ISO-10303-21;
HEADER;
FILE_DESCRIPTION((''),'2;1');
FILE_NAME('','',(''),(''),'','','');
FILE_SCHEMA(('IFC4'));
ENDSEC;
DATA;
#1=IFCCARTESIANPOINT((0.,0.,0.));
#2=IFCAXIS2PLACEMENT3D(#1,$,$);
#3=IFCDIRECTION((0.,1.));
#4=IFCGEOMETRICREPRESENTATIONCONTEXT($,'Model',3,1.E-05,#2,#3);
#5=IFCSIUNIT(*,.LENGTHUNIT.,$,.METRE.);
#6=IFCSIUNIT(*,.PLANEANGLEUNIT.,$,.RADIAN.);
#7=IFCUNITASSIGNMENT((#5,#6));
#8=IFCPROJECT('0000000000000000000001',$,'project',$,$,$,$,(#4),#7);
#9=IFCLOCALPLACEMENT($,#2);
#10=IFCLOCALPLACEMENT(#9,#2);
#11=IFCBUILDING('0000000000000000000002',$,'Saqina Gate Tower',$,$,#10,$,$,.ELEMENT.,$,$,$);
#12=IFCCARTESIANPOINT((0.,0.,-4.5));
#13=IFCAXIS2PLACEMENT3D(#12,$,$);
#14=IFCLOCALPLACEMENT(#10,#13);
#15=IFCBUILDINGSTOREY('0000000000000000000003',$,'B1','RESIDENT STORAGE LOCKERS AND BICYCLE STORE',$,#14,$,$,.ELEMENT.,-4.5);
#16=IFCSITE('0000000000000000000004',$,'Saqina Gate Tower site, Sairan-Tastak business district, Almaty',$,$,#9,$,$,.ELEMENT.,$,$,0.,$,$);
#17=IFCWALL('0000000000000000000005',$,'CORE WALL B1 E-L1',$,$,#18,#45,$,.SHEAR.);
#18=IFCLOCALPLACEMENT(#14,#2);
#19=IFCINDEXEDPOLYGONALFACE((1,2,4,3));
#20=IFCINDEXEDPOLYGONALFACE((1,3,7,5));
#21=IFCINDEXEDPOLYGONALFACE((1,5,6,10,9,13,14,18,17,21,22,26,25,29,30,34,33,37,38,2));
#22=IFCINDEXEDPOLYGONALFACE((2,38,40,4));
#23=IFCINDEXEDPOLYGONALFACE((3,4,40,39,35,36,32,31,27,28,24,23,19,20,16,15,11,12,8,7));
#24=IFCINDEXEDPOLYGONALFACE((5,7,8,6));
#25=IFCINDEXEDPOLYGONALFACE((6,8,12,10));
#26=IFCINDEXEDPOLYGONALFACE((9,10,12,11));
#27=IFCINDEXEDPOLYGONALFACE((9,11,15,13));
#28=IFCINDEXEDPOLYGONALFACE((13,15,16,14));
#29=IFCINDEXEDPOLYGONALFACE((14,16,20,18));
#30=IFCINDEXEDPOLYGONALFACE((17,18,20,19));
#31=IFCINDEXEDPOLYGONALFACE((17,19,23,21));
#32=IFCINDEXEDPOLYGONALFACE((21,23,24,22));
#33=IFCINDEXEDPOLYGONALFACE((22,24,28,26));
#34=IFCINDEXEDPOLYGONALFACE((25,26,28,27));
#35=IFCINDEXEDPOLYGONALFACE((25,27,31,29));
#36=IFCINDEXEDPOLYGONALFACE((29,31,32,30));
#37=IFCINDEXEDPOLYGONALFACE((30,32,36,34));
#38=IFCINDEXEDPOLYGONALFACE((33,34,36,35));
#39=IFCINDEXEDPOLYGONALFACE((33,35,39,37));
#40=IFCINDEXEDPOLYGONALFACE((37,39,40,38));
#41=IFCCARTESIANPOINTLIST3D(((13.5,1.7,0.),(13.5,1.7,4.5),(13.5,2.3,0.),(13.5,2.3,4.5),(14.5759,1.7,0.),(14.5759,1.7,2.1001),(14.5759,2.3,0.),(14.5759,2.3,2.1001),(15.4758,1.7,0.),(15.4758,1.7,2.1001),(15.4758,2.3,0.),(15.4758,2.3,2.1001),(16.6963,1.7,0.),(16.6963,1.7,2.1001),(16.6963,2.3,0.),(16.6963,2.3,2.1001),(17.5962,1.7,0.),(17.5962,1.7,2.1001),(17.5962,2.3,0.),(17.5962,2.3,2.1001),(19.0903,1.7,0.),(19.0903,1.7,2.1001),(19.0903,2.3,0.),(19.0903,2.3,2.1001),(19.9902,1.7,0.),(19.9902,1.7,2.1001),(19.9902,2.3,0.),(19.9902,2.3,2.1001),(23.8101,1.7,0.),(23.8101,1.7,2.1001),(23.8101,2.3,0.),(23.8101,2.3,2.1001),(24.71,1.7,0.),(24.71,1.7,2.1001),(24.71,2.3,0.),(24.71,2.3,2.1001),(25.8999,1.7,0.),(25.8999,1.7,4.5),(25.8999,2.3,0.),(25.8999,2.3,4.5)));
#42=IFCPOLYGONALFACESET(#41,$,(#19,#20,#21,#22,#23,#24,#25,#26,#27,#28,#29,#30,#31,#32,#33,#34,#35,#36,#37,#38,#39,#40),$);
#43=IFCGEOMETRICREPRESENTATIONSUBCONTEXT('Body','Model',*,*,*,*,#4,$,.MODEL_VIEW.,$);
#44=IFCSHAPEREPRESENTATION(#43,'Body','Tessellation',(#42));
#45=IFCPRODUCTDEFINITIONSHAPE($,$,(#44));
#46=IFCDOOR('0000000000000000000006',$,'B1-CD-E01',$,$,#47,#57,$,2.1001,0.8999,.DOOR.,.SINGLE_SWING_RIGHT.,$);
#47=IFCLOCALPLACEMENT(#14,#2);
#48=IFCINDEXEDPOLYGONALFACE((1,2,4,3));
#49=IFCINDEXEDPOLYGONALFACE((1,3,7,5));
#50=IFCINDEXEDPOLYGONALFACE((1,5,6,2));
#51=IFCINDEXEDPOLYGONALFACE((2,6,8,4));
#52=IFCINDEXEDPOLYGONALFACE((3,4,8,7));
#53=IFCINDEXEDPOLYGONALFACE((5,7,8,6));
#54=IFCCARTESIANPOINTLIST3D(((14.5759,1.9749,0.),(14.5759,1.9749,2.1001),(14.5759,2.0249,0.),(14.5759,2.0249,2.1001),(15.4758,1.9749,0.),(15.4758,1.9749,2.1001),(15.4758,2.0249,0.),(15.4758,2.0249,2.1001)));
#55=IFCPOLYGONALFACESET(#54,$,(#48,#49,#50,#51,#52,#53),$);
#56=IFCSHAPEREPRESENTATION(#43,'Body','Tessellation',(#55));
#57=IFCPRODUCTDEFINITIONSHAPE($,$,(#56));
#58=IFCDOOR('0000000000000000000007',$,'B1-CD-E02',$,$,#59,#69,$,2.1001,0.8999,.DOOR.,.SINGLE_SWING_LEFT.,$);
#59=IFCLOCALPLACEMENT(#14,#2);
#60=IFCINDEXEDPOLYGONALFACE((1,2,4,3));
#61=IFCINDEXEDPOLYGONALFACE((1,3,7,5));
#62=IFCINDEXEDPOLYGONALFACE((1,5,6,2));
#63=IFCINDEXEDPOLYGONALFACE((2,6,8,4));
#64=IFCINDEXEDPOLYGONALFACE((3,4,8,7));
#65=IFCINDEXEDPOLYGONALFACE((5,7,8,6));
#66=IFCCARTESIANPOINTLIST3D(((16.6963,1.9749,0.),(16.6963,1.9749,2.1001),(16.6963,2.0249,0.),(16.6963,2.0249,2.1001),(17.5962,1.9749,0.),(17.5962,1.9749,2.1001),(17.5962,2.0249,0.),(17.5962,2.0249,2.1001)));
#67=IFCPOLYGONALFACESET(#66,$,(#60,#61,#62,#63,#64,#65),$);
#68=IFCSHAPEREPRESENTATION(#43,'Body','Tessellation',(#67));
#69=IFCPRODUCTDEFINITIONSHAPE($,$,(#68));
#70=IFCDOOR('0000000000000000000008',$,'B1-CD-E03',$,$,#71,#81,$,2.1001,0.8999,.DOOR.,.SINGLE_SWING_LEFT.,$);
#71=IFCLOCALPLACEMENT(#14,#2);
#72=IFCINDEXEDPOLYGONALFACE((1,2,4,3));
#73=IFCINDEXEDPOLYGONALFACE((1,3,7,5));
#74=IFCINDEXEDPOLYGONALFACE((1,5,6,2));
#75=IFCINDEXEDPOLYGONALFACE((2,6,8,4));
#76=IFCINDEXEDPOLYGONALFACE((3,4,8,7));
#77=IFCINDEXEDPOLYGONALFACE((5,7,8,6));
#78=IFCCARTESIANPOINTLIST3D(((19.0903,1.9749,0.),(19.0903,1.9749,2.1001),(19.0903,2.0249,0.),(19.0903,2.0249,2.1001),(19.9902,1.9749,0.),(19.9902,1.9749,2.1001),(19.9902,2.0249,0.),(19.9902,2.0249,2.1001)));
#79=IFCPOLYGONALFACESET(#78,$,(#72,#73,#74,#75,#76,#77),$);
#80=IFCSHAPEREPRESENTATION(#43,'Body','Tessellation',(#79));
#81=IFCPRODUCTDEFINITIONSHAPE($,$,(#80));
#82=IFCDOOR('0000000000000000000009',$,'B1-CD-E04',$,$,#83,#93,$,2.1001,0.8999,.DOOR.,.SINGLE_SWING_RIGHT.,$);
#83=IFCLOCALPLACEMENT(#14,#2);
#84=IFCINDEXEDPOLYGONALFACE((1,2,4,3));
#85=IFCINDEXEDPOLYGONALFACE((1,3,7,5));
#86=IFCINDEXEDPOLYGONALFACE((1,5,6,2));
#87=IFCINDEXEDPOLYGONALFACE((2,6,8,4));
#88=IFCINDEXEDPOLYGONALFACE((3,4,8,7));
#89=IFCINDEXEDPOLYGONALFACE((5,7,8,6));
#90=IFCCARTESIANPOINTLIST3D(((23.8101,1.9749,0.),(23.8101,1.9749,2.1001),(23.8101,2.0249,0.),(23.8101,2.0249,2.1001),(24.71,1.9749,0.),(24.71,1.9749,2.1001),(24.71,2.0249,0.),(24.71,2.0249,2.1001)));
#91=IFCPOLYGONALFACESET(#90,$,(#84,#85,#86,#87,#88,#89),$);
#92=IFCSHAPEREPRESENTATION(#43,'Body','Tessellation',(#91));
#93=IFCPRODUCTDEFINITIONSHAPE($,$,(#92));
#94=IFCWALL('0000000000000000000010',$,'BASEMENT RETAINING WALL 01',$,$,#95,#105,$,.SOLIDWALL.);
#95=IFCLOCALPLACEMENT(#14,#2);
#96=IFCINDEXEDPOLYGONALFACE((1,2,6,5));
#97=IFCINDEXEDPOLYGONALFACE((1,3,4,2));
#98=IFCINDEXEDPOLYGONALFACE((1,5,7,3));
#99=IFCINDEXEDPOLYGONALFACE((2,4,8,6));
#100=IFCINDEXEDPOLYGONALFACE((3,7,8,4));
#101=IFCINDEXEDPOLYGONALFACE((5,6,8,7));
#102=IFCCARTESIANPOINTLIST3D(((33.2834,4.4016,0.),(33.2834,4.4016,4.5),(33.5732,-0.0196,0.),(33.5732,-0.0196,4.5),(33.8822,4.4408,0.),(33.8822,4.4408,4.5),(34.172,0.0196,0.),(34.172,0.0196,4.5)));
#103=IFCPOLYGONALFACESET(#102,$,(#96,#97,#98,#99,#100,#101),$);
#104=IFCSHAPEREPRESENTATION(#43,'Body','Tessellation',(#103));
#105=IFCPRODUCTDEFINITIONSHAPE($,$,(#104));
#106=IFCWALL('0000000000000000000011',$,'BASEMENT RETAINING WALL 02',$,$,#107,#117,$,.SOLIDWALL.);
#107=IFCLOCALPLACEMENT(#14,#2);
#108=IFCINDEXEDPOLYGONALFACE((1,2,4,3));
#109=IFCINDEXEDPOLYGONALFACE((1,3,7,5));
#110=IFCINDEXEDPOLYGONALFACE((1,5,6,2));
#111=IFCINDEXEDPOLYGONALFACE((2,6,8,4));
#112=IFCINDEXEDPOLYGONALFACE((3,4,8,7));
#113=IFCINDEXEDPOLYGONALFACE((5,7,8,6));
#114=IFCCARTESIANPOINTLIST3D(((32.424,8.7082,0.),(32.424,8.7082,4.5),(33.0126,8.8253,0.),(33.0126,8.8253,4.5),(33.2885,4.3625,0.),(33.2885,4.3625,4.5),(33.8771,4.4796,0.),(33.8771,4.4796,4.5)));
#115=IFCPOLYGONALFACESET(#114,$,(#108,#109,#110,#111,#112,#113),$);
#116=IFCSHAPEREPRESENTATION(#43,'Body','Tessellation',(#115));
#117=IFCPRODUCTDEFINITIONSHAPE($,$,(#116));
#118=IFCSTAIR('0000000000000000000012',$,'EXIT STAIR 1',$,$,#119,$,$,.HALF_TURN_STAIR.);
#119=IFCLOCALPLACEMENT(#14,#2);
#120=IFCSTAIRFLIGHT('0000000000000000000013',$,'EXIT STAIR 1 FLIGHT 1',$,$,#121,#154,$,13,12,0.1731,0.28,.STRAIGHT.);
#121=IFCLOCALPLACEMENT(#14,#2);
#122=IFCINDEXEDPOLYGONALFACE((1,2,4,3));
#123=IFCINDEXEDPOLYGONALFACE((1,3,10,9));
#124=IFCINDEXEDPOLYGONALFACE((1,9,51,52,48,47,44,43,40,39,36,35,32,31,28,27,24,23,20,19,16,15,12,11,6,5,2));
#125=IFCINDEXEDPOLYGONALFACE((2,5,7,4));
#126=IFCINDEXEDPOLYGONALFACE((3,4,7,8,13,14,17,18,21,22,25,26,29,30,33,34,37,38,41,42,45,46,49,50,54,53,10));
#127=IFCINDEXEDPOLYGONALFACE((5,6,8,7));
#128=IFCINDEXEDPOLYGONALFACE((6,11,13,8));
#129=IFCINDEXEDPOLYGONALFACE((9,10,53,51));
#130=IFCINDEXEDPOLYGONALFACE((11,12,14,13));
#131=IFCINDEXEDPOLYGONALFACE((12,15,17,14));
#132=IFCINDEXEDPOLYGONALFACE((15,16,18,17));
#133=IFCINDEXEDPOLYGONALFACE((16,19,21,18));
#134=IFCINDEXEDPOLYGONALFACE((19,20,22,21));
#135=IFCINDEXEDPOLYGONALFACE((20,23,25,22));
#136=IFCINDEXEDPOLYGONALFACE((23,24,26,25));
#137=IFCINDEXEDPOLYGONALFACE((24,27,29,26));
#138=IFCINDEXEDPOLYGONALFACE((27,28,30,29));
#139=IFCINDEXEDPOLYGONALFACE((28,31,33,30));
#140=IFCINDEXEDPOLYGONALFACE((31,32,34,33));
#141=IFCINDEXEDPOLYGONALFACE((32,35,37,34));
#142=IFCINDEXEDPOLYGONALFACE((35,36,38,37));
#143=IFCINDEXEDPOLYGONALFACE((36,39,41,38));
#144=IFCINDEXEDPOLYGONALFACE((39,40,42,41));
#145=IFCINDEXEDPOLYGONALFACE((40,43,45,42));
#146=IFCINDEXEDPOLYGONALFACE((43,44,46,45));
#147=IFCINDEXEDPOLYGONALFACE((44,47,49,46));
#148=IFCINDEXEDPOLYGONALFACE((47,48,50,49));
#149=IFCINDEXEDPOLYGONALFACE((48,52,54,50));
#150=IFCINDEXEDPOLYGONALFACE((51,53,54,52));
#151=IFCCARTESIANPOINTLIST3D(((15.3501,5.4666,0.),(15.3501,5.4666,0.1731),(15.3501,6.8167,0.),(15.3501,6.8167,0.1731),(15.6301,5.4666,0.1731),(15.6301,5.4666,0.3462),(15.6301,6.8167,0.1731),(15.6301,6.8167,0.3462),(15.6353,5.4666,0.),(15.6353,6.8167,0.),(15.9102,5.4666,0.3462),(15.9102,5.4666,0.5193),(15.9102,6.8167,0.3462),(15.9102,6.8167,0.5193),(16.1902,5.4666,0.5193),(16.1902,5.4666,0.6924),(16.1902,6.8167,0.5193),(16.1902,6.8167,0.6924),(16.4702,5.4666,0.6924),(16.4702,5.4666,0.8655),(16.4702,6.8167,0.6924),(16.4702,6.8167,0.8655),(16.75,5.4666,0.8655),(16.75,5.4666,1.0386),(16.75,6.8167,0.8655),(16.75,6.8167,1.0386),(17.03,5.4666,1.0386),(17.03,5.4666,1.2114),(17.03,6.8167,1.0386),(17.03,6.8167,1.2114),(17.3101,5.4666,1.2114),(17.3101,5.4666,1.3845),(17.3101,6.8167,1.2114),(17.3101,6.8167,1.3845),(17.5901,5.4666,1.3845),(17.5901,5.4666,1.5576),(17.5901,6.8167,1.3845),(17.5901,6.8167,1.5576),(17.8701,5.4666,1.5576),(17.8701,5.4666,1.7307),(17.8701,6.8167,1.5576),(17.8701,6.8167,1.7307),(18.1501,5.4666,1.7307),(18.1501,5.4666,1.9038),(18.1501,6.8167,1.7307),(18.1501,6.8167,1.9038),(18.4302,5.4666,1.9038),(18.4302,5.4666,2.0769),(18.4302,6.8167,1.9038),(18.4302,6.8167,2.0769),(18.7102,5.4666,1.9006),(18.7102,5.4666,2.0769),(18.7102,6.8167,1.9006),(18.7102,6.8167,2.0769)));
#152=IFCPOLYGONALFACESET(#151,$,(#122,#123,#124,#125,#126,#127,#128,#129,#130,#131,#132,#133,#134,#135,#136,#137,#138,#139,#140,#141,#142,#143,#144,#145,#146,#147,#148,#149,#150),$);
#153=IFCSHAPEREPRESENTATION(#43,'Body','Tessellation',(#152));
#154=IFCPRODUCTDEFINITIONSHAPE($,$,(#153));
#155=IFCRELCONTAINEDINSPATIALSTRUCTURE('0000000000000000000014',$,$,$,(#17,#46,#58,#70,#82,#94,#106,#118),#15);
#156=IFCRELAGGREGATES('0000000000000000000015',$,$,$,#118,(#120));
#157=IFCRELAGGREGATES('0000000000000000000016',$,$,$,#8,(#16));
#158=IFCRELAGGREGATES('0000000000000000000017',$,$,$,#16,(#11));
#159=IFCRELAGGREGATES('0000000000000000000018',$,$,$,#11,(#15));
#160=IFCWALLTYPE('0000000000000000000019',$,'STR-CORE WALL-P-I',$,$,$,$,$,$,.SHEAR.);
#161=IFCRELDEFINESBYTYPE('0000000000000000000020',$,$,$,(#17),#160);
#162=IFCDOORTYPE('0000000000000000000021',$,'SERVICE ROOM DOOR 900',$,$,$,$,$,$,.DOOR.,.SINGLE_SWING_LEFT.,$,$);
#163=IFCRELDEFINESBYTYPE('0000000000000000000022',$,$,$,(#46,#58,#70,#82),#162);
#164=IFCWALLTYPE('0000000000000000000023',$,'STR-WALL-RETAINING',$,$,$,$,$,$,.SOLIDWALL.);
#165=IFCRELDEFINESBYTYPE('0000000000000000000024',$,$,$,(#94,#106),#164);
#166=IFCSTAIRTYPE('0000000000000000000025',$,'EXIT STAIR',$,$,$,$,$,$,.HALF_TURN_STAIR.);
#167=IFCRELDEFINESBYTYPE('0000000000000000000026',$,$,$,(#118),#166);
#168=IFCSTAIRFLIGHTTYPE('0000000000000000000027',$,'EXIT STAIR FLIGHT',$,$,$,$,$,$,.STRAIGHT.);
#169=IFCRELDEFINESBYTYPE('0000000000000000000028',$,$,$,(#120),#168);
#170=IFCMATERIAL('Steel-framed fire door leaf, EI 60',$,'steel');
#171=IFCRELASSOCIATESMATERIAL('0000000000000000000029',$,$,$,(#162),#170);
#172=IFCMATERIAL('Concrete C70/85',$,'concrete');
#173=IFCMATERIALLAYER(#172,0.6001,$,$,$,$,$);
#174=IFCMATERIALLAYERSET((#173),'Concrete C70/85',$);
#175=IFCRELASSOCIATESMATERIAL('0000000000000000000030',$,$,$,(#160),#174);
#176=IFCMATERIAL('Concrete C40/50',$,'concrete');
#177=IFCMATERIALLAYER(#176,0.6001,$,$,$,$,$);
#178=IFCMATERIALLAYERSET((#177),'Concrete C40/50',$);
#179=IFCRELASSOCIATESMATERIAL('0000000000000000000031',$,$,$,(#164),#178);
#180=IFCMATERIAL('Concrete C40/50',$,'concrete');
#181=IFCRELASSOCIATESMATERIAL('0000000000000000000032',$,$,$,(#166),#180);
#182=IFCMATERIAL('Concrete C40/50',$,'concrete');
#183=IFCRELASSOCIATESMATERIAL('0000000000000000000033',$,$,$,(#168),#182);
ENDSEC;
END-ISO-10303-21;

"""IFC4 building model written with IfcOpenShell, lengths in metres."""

from ifc_helpers import new_model, si_unit, direction, frame, frame_2d, origin, place, context, subcontext, project, spatial, polyline, rectangle, outline, extrude, material, layer, layer_set, type_object, element, fill, aggregate, save


model = new_model("IFC4")

# Units and contexts
model_context = context("Model", 3, precision=1e-05, world=origin(), true_north=direction((0.0, 1.0)))
body_context = subcontext(model_context, "Body", "Model", "MODEL_VIEW")
ifc_project = project(units=[si_unit("LENGTHUNIT", "METRE"), si_unit("PLANEANGLEUNIT", "RADIAN")], contexts=[model_context])

# Site, building, storey
site_placement = place(None, origin())
site = spatial("IfcSite", under=ifc_project, at=site_placement, Name="Saqina Gate Tower site, Sairan-Tastak business district, Almaty", CompositionType="ELEMENT", RefElevation=0.0)
building_placement = place(site_placement, origin())
building = spatial("IfcBuilding", under=site, at=building_placement, Name="Saqina Gate Tower", CompositionType="ELEMENT")
storey_placement = place(building_placement, frame((0.0, 0.0, -4.5)))
storey = spatial("IfcBuildingStorey", under=building, at=storey_placement, Name="B1", Description="RESIDENT STORAGE LOCKERS AND BICYCLE STORE", CompositionType="ELEMENT", Elevation=-4.5)

# Shared definitions
ifc_material_1 = material(Name="Steel-framed fire door leaf, EI 60", Category="steel")
door_type = type_object("IfcDoorType", Name="SERVICE ROOM DOOR 900", OperationType="SINGLE_SWING_LEFT", PredefinedType="DOOR", material=ifc_material_1)

# Shared definitions
ifc_material_2 = material(Name="Concrete C70/85", Category="concrete")
ifc_layer_1 = layer(ifc_material_2, 0.6001)
ifc_layer_set_1 = layer_set([ifc_layer_1], Name="Concrete C70/85")
wall_type_1 = type_object("IfcWallType", Name="STR-CORE WALL-P-I", PredefinedType="SHEAR", material=ifc_layer_set_1)

# Wall, openings, doors
wall_1_placement = place(storey_placement, frame((13.5, 2.0, 0.0), z_axis=(0.0, 0.0, 1.0), x_axis=(1.0, 0.0, 0.0)))
wall_1 = element("IfcWall", 1, at=wall_1_placement, inside=storey, type_object=wall_type_1, Name="CORE WALL B1 E-L1", PredefinedType="SHEAR", context=body_context, shape_type="SweptSolid", body=[
    extrude(rectangle(XDim=12.3999, YDim=0.6001, at=frame_2d((6.2, 0.0))), origin(), (0.0, 0.0, 1.0), 4.5),
])
opening_1_placement = place(wall_1_placement, frame((1.0759, 0.0, 0.0)))
opening_1 = element("IfcOpeningElement", 2, at=opening_1_placement, cuts=wall_1, PredefinedType="OPENING", context=body_context, shape_type="SweptSolid", body=[
    extrude(rectangle(XDim=0.8999, YDim=2.1001, at=frame_2d((0.45, 1.05))), frame((0.0, 0.312, 0.0), z_axis=(0.0, -1.0, 0.0), x_axis=(1.0, 0.0, 0.0)), (0.0, 0.0, 1.0), 0.624),
])
opening_2_placement = place(wall_1_placement, frame((3.1963, 0.0, 0.0)))
opening_2 = element("IfcOpeningElement", 3, at=opening_2_placement, cuts=wall_1, PredefinedType="OPENING", context=body_context, shape_type="SweptSolid", body=[
    extrude(rectangle(XDim=0.8999, YDim=2.1001, at=frame_2d((0.45, 1.05))), frame((0.0, 0.312, 0.0), z_axis=(0.0, -1.0, 0.0), x_axis=(1.0, 0.0, 0.0)), (0.0, 0.0, 1.0), 0.624),
])
opening_3_placement = place(wall_1_placement, frame((5.5903, 0.0, 0.0)))
opening_3 = element("IfcOpeningElement", 4, at=opening_3_placement, cuts=wall_1, PredefinedType="OPENING", context=body_context, shape_type="SweptSolid", body=[
    extrude(rectangle(XDim=0.8999, YDim=2.1001, at=frame_2d((0.45, 1.05))), frame((0.0, 0.312, 0.0), z_axis=(0.0, -1.0, 0.0), x_axis=(1.0, 0.0, 0.0)), (0.0, 0.0, 1.0), 0.624),
])
opening_4_placement = place(wall_1_placement, frame((10.3101, 0.0, 0.0)))
opening_4 = element("IfcOpeningElement", 5, at=opening_4_placement, cuts=wall_1, PredefinedType="OPENING", context=body_context, shape_type="SweptSolid", body=[
    extrude(rectangle(XDim=0.8999, YDim=2.1001, at=frame_2d((0.45, 1.05))), frame((0.0, 0.312, 0.0), z_axis=(0.0, -1.0, 0.0), x_axis=(1.0, 0.0, 0.0)), (0.0, 0.0, 1.0), 0.624),
])
door_1_placement = place(opening_1_placement, origin())
door_1 = element("IfcDoor", 6, at=door_1_placement, inside=storey, type_object=door_type, Name="B1-CD-E01", OperationType="SINGLE_SWING_RIGHT", OverallHeight=2.1001, OverallWidth=0.8999, PredefinedType="DOOR", context=body_context, shape_type="SweptSolid", body=[
    extrude(rectangle(XDim=0.8999, YDim=2.1001, at=frame_2d((0.45, 1.05))), frame((0.0, 0.0249, 0.0), z_axis=(0.0, -1.0, 0.0), x_axis=(1.0, 0.0, 0.0)), (0.0, 0.0, 1.0), 0.05),
])
fill(opening_1, door_1)
door_2_placement = place(opening_2_placement, origin())
door_2 = element("IfcDoor", 7, at=door_2_placement, inside=storey, type_object=door_type, Name="B1-CD-E02", OperationType="SINGLE_SWING_LEFT", OverallHeight=2.1001, OverallWidth=0.8999, PredefinedType="DOOR", context=body_context, shape_type="SweptSolid", body=[
    extrude(rectangle(XDim=0.8999, YDim=2.1001, at=frame_2d((0.45, 1.05))), frame((0.0, 0.0249, 0.0), z_axis=(0.0, -1.0, 0.0), x_axis=(1.0, 0.0, 0.0)), (0.0, 0.0, 1.0), 0.05),
])
fill(opening_2, door_2)
door_3_placement = place(opening_3_placement, origin())
door_3 = element("IfcDoor", 8, at=door_3_placement, inside=storey, type_object=door_type, Name="B1-CD-E03", OperationType="SINGLE_SWING_LEFT", OverallHeight=2.1001, OverallWidth=0.8999, PredefinedType="DOOR", context=body_context, shape_type="SweptSolid", body=[
    extrude(rectangle(XDim=0.8999, YDim=2.1001, at=frame_2d((0.45, 1.05))), frame((0.0, 0.0249, 0.0), z_axis=(0.0, -1.0, 0.0), x_axis=(1.0, 0.0, 0.0)), (0.0, 0.0, 1.0), 0.05),
])
fill(opening_3, door_3)
door_4_placement = place(opening_4_placement, origin())
door_4 = element("IfcDoor", 9, at=door_4_placement, inside=storey, type_object=door_type, Name="B1-CD-E04", OperationType="SINGLE_SWING_RIGHT", OverallHeight=2.1001, OverallWidth=0.8999, PredefinedType="DOOR", context=body_context, shape_type="SweptSolid", body=[
    extrude(rectangle(XDim=0.8999, YDim=2.1001, at=frame_2d((0.45, 1.05))), frame((0.0, 0.0249, 0.0), z_axis=(0.0, -1.0, 0.0), x_axis=(1.0, 0.0, 0.0)), (0.0, 0.0, 1.0), 0.05),
])
fill(opening_4, door_4)

# Walls
ifc_material_3 = material(Name="Concrete C40/50", Category="concrete")
ifc_layer_2 = layer(ifc_material_3, 0.6001)
ifc_layer_set_2 = layer_set([ifc_layer_2], Name="Concrete C40/50")
wall_type_2 = type_object("IfcWallType", Name="STR-WALL-RETAINING", PredefinedType="SOLIDWALL", material=ifc_layer_set_2)
wall_2_placement = place(storey_placement, frame((33.8726, 0.0, 0.0), z_axis=(0.0, 0.0, 1.0), x_axis=(-0.065407, 0.997859, 0.0)))
element("IfcWall", 10, at=wall_2_placement, inside=storey, type_object=wall_type_2, Name="BASEMENT RETAINING WALL 01", PredefinedType="SOLIDWALL", context=body_context, shape_type="SweptSolid", body=[
    extrude(rectangle(XDim=4.4307, YDim=0.6001, at=frame_2d((2.2153, 0.0))), origin(), (0.0, 0.0, 1.0), 4.5),
])
wall_3_placement = place(storey_placement, frame((33.5828, 4.4211, 0.0), z_axis=(0.0, 0.0, 1.0), x_axis=(-0.195109, 0.980781, 0.0)))
element("IfcWall", 11, at=wall_3_placement, inside=storey, type_object=wall_type_2, Name="BASEMENT RETAINING WALL 02", PredefinedType="SOLIDWALL", context=body_context, shape_type="SweptSolid", body=[
    extrude(rectangle(XDim=4.4309, YDim=0.6001, at=frame_2d((2.2153, 0.0))), origin(), (0.0, 0.0, 1.0), 4.5),
])

# Stair, stair flight
ifc_material_4 = material(Name="Concrete C40/50", Category="concrete")
stair_type = type_object("IfcStairType", Name="EXIT STAIR", PredefinedType="HALF_TURN_STAIR", material=ifc_material_4)
stair_placement = place(storey_placement, origin())
stair = element("IfcStair", 12, at=stair_placement, inside=storey, type_object=stair_type, Name="EXIT STAIR 1", PredefinedType="HALF_TURN_STAIR")
ifc_material_5 = material(Name="Concrete C40/50", Category="concrete")
stair_flight_type = type_object("IfcStairFlightType", Name="EXIT STAIR FLIGHT", PredefinedType="STRAIGHT", material=ifc_material_5)
stair_flight_placement = place(storey_placement, frame((15.3501, 6.1416, 0.0), z_axis=(0.0, 0.0, 1.0), x_axis=(1.0, 0.0, 0.0)))
stair_flight = element("IfcStairFlight", 13, at=stair_flight_placement, type_object=stair_flight_type, Name="EXIT STAIR 1 FLIGHT 1", NumberOfRisers=13, NumberOfTreads=12, PredefinedType="STRAIGHT", RiserHeight=0.1731, TreadLength=0.28, context=body_context, shape_type="SweptSolid", body=[
    extrude(outline(polyline([(0.0, 0.0), (0.0, 0.1731), (0.28, 0.1731), (0.28, 0.3462), (0.5601, 0.3462), (0.5601, 0.5193), (0.8401, 0.5193), (0.8401, 0.6924), (1.1201, 0.6924), (1.1201, 0.8655), (1.3999, 0.8655), (1.3999, 1.0386), (1.6799, 1.0386), (1.6799, 1.2114), (1.96, 1.2114), (1.96, 1.3845), (2.24, 1.3845), (2.24, 1.5576), (2.52, 1.5576), (2.52, 1.7307), (2.8, 1.7307), (2.8, 1.9038), (3.0801, 1.9038), (3.0801, 2.0769), (3.3601, 2.0769), (3.3601, 2.25), (3.3601, 1.9006), (0.2852, 0.0), (0.0, 0.0)])), frame((0.0, 0.675, 0.0), z_axis=(0.0, -1.0, 0.0), x_axis=(1.0, 0.0, 0.0)), (0.0, 0.0, 1.0), 1.3501),
])
aggregate(stair, [stair_flight])

save(model, "model.ifc")
